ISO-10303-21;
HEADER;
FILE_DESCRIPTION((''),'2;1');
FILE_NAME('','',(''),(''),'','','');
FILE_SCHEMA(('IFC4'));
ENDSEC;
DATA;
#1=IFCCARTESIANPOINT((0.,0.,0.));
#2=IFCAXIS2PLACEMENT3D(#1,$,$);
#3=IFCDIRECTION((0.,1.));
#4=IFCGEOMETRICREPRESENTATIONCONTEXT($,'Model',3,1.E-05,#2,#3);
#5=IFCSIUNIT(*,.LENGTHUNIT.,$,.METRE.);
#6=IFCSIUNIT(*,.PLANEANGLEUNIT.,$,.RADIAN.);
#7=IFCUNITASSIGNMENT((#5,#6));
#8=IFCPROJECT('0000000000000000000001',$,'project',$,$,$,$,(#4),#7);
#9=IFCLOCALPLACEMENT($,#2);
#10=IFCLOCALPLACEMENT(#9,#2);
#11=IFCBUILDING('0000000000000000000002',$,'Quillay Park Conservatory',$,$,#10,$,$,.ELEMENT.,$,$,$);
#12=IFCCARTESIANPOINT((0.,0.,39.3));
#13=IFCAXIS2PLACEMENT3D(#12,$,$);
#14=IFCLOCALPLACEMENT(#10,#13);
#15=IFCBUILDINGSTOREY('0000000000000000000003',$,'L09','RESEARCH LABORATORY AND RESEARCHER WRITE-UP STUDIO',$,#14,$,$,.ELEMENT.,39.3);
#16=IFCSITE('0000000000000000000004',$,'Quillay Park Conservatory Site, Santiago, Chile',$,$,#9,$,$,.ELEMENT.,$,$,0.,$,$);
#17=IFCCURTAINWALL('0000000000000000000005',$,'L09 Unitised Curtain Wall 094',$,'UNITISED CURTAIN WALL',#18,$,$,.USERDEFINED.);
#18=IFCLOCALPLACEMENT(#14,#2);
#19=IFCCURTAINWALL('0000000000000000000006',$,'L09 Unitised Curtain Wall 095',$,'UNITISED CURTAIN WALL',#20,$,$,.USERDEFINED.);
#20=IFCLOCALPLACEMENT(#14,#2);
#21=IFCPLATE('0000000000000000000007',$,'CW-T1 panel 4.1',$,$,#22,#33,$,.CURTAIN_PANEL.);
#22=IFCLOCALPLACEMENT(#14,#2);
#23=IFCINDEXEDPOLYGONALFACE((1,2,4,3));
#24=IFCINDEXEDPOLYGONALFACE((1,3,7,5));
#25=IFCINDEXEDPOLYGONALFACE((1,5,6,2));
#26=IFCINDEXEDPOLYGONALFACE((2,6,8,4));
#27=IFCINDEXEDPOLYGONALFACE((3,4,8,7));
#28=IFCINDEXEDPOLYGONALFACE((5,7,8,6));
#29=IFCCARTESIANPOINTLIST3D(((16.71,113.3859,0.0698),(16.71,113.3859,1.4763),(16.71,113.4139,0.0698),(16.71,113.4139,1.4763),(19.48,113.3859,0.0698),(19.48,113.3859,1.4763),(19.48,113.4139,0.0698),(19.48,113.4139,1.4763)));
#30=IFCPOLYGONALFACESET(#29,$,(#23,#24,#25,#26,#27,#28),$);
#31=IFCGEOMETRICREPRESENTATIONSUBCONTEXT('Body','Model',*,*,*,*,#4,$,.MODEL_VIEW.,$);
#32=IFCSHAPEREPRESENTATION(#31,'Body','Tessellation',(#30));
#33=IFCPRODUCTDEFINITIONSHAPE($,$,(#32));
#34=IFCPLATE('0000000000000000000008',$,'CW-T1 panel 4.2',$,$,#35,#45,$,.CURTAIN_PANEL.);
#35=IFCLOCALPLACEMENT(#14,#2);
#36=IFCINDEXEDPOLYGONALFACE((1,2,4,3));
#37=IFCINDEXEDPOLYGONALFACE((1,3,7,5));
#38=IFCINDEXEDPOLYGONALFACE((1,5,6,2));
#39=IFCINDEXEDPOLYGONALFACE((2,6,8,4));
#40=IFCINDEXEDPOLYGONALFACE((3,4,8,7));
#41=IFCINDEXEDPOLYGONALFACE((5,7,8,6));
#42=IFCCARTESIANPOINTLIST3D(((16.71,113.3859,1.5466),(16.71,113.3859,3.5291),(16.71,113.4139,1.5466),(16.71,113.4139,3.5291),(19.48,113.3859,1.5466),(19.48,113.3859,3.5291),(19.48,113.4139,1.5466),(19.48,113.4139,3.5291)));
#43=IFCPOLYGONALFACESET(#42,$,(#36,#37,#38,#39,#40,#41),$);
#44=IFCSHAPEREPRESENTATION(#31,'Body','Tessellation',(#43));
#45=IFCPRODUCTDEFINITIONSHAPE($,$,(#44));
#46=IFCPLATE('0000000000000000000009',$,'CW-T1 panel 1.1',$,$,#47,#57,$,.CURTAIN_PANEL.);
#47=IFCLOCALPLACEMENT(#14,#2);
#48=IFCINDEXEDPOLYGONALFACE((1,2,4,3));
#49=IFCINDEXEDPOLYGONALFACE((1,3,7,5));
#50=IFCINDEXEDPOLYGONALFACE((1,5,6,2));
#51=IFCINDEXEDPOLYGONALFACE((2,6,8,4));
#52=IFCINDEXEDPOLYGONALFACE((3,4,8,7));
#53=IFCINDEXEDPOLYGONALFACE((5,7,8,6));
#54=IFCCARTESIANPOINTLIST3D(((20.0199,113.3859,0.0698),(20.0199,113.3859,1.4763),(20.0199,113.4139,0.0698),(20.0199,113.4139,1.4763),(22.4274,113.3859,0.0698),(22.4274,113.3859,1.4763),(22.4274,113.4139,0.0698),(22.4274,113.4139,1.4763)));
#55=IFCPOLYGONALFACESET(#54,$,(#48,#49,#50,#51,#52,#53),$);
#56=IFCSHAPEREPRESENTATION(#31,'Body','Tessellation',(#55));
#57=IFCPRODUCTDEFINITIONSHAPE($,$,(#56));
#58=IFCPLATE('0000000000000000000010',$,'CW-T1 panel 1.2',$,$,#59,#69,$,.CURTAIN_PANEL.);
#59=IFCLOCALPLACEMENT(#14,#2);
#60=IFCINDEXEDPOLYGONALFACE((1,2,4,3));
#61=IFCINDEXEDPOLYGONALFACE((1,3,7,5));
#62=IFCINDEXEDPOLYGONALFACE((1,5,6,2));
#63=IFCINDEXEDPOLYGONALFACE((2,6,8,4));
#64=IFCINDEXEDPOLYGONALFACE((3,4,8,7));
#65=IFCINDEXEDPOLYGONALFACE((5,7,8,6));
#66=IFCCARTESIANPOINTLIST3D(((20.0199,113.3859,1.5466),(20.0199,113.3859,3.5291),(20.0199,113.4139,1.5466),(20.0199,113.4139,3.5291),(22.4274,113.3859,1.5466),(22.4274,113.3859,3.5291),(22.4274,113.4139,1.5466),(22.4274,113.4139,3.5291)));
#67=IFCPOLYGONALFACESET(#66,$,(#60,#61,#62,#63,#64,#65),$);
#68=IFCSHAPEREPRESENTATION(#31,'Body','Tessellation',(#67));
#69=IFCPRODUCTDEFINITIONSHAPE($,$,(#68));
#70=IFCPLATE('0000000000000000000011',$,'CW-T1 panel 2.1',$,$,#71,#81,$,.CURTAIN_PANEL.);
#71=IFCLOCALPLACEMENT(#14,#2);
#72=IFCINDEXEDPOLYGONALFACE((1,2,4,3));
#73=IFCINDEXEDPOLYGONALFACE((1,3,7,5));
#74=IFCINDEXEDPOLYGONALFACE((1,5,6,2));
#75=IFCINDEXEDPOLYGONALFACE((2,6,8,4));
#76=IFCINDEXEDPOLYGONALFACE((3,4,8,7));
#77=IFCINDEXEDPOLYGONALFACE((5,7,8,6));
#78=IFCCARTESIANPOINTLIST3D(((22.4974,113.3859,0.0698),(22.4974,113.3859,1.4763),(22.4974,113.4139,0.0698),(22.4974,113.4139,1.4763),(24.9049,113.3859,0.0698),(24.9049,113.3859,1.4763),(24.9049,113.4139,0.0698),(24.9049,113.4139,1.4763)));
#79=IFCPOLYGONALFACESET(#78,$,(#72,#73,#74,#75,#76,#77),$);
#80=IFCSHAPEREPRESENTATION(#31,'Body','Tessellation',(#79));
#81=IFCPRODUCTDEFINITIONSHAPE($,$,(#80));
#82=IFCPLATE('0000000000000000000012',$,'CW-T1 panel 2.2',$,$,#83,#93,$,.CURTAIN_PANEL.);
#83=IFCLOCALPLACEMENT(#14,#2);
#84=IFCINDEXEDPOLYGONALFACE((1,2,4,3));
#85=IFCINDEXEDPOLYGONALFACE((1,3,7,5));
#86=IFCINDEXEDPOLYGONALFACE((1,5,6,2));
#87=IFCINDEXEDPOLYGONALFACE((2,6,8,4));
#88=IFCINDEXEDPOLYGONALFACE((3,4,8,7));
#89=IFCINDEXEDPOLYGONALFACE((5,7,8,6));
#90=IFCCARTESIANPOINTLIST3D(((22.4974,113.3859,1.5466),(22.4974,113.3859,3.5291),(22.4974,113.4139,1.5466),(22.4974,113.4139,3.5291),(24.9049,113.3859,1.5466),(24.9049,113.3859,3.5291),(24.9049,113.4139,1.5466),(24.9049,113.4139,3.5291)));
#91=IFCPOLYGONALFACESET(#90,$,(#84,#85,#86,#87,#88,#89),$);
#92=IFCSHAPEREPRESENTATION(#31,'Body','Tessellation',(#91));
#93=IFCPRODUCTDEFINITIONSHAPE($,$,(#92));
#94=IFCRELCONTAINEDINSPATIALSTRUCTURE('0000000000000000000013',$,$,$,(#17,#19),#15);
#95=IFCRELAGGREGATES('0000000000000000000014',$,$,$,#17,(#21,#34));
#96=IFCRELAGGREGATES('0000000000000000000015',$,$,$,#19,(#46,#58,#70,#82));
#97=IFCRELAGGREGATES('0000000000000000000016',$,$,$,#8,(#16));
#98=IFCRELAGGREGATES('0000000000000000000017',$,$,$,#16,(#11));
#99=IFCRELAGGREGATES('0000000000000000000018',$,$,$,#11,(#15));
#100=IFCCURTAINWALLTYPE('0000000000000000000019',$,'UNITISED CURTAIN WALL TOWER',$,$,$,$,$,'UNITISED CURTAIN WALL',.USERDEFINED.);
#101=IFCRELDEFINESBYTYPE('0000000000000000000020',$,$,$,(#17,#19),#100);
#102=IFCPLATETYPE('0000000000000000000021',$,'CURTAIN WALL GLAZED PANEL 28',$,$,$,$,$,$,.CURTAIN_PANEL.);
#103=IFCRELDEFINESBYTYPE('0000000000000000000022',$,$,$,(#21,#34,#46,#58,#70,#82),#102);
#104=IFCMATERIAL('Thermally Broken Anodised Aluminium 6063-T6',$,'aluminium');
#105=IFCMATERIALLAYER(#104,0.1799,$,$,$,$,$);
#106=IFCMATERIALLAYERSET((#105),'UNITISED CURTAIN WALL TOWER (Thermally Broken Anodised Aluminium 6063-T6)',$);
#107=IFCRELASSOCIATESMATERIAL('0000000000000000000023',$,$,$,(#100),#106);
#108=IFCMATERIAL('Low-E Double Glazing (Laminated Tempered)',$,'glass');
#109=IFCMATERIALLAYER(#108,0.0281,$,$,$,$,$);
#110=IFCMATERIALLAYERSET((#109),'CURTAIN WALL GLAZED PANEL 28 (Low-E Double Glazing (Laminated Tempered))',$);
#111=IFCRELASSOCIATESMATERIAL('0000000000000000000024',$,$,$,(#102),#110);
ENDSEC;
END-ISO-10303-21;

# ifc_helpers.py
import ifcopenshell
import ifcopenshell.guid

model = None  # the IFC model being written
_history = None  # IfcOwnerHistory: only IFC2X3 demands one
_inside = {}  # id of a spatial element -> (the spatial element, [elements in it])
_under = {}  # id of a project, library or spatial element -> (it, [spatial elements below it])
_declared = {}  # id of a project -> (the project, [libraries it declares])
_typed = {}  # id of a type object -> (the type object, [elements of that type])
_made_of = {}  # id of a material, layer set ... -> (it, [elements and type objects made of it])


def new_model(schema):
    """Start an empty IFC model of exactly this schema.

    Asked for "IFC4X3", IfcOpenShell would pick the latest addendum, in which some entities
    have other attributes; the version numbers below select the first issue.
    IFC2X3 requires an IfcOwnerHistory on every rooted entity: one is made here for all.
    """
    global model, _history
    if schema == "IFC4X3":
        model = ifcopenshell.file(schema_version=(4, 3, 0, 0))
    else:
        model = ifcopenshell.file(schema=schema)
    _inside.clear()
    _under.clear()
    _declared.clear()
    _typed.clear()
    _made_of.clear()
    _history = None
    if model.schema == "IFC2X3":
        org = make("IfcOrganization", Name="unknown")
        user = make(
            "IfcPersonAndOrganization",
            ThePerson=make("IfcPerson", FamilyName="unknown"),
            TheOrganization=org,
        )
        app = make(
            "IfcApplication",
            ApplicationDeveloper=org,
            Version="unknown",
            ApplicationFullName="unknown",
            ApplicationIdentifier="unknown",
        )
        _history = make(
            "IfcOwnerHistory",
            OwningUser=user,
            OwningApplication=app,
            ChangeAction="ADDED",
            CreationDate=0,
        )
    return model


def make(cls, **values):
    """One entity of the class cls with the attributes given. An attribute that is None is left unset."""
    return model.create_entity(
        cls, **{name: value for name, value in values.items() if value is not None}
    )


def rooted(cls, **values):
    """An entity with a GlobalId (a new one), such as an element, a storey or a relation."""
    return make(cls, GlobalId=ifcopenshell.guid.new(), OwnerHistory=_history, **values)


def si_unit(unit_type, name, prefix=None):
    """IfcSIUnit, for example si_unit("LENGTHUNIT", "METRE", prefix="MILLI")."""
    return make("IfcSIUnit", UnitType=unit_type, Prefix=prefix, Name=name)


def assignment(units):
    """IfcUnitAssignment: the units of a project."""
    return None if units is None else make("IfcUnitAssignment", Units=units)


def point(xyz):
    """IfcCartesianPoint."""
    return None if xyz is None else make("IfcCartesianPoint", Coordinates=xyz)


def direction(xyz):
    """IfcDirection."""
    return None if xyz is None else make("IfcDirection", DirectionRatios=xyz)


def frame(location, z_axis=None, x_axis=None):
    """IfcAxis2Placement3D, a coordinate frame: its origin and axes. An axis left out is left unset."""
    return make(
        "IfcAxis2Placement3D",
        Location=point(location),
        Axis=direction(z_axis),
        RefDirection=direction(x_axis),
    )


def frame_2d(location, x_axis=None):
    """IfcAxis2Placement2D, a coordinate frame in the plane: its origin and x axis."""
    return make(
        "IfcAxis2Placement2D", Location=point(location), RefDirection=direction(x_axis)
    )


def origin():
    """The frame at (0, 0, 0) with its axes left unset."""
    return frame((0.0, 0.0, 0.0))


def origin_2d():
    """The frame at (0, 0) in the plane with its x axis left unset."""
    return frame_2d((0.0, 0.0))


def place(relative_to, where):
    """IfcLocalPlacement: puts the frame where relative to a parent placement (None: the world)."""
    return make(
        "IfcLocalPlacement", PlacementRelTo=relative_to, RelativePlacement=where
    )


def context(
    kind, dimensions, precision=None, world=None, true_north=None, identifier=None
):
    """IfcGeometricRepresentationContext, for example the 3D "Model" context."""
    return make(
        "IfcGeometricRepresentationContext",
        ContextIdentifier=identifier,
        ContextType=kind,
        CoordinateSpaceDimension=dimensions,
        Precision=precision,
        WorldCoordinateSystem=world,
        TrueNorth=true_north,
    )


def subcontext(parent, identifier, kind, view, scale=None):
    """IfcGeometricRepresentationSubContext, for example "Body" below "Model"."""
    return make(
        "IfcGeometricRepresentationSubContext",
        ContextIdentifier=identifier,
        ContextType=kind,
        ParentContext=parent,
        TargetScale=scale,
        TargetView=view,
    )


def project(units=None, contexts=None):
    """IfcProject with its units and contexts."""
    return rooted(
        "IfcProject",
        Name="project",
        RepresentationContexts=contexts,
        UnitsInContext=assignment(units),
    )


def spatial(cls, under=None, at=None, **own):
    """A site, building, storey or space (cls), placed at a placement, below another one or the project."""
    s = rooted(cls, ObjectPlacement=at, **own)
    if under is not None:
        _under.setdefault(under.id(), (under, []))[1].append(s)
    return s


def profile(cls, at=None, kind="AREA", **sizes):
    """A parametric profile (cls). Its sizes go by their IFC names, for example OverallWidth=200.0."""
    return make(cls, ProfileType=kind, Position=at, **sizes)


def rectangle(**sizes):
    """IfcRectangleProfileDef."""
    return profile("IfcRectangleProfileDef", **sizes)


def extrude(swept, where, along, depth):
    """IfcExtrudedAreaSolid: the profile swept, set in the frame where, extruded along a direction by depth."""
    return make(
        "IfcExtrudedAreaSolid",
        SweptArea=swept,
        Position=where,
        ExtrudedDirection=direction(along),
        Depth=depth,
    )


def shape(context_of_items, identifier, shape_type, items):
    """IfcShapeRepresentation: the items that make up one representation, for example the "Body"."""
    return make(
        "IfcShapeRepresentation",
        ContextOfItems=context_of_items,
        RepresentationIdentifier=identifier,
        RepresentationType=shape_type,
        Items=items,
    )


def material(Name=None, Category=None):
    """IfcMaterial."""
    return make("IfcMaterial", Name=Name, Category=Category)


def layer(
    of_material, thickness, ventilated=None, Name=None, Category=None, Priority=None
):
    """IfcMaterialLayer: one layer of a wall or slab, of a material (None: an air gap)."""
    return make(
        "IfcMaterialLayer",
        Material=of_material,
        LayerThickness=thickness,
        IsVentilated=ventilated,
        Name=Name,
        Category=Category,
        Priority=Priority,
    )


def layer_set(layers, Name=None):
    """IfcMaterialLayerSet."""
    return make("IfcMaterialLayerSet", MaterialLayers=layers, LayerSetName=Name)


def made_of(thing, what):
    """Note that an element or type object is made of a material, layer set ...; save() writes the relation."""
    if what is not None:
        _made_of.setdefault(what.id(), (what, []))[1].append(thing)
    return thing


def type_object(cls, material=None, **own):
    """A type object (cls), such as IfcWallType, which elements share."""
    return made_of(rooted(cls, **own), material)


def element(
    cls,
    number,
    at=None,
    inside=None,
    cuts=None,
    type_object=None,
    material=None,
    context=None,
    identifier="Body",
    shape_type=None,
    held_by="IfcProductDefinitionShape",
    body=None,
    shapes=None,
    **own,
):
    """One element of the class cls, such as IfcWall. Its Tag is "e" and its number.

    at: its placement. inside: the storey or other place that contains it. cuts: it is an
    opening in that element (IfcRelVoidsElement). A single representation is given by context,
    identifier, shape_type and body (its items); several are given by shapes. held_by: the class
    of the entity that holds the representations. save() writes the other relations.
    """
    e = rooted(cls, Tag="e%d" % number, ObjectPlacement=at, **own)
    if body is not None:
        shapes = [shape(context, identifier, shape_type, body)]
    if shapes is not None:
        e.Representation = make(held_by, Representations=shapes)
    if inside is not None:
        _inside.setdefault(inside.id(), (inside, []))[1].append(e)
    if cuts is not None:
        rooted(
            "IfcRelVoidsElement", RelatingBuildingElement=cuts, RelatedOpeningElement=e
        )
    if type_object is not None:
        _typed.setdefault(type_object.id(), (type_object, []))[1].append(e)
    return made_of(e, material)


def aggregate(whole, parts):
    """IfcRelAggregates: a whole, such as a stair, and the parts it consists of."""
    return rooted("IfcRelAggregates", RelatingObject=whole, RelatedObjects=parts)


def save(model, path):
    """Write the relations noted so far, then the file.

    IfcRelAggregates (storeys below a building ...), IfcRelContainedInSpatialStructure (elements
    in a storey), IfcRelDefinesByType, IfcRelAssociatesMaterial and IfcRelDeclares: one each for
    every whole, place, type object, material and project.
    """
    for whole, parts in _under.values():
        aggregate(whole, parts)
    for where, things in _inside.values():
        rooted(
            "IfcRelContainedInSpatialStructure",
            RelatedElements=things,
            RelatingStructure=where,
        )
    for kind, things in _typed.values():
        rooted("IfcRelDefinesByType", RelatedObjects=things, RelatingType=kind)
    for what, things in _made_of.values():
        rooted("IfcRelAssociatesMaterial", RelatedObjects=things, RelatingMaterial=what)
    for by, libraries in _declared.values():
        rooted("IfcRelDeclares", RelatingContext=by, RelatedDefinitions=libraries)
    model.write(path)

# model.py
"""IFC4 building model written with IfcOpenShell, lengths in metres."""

from ifc_helpers import new_model, si_unit, direction, frame, origin, origin_2d, place, context, subcontext, project, spatial, rectangle, extrude, material, layer, layer_set, type_object, element, aggregate, save


model = new_model("IFC4")

# Units and contexts
model_context = context("Model", 3, precision=1e-05, world=origin(), true_north=direction((0.0, 1.0)))
body_context = subcontext(model_context, "Body", "Model", "MODEL_VIEW")
ifc_project = project(units=[si_unit("LENGTHUNIT", "METRE"), si_unit("PLANEANGLEUNIT", "RADIAN")], contexts=[model_context])

# Site, building, storey
site_placement = place(None, origin())
site = spatial("IfcSite", under=ifc_project, at=site_placement, Name="Quillay Park Conservatory Site, Santiago, Chile", CompositionType="ELEMENT", RefElevation=0.0)
building_placement = place(site_placement, origin())
building = spatial("IfcBuilding", under=site, at=building_placement, Name="Quillay Park Conservatory", CompositionType="ELEMENT")
storey_placement = place(building_placement, frame((0.0, 0.0, 39.3)))
storey = spatial("IfcBuildingStorey", under=building, at=storey_placement, Name="L09", Description="RESEARCH LABORATORY AND RESEARCHER WRITE-UP STUDIO", CompositionType="ELEMENT", Elevation=39.3)

# Curtain wall
ifc_material_1 = material(Name="Thermally Broken Anodised Aluminium 6063-T6", Category="aluminium")
ifc_layer_1 = layer(ifc_material_1, 0.1799)
ifc_layer_set_1 = layer_set([ifc_layer_1], Name="UNITISED CURTAIN WALL TOWER (Thermally Broken Anodised Aluminium 6063-T6)")
curtain_wall_type = type_object("IfcCurtainWallType", Name="UNITISED CURTAIN WALL TOWER", ElementType="UNITISED CURTAIN WALL", PredefinedType="USERDEFINED", material=ifc_layer_set_1)
curtain_wall_1_placement = place(storey_placement, origin())
curtain_wall_1 = element("IfcCurtainWall", 1, at=curtain_wall_1_placement, inside=storey, type_object=curtain_wall_type, Name="L09 Unitised Curtain Wall 094", ObjectType="UNITISED CURTAIN WALL", PredefinedType="USERDEFINED")

# Curtain wall
curtain_wall_2_placement = place(storey_placement, origin())
curtain_wall_2 = element("IfcCurtainWall", 2, at=curtain_wall_2_placement, inside=storey, type_object=curtain_wall_type, Name="L09 Unitised Curtain Wall 095", ObjectType="UNITISED CURTAIN WALL", PredefinedType="USERDEFINED")

# Plates
ifc_material_2 = material(Name="Low-E Double Glazing (Laminated Tempered)", Category="glass")
ifc_layer_2 = layer(ifc_material_2, 0.0281)
ifc_layer_set_2 = layer_set([ifc_layer_2], Name="CURTAIN WALL GLAZED PANEL 28 (Low-E Double Glazing (Laminated Tempered))")
plate_type = type_object("IfcPlateType", Name="CURTAIN WALL GLAZED PANEL 28", PredefinedType="CURTAIN_PANEL", material=ifc_layer_set_2)
plate_1_placement = place(storey_placement, frame((18.095, 113.3999, 0.0698), z_axis=(0.0, 0.0, 1.0), x_axis=(1.0, 0.0, 0.0)))
plate_1 = element("IfcPlate", 3, at=plate_1_placement, type_object=plate_type, Name="CW-T1 panel 4.1", PredefinedType="CURTAIN_PANEL", context=body_context, shape_type="SweptSolid", body=[
    extrude(rectangle(XDim=2.77, YDim=0.0281, at=origin_2d()), origin(), (0.0, 0.0, 1.0), 1.4065),
])
plate_2_placement = place(storey_placement, frame((18.095, 113.3999, 1.5466), z_axis=(0.0, 0.0, 1.0), x_axis=(1.0, 0.0, 0.0)))
plate_2 = element("IfcPlate", 4, at=plate_2_placement, type_object=plate_type, Name="CW-T1 panel 4.2", PredefinedType="CURTAIN_PANEL", context=body_context, shape_type="SweptSolid", body=[
    extrude(rectangle(XDim=2.77, YDim=0.0281, at=origin_2d()), origin(), (0.0, 0.0, 1.0), 1.9824),
])
aggregate(curtain_wall_1, [plate_1, plate_2])
plate_3_placement = place(storey_placement, frame((21.2236, 113.3999, 0.0698), z_axis=(0.0, 0.0, 1.0), x_axis=(1.0, 0.0, 0.0)))
plate_3 = element("IfcPlate", 5, at=plate_3_placement, type_object=plate_type, Name="CW-T1 panel 1.1", PredefinedType="CURTAIN_PANEL", context=body_context, shape_type="SweptSolid", body=[
    extrude(rectangle(XDim=2.4075, YDim=0.0281, at=origin_2d()), origin(), (0.0, 0.0, 1.0), 1.4065),
])
plate_4_placement = place(storey_placement, frame((21.2236, 113.3999, 1.5466), z_axis=(0.0, 0.0, 1.0), x_axis=(1.0, 0.0, 0.0)))
plate_4 = element("IfcPlate", 6, at=plate_4_placement, type_object=plate_type, Name="CW-T1 panel 1.2", PredefinedType="CURTAIN_PANEL", context=body_context, shape_type="SweptSolid", body=[
    extrude(rectangle(XDim=2.4075, YDim=0.0281, at=origin_2d()), origin(), (0.0, 0.0, 1.0), 1.9824),
])
plate_5_placement = place(storey_placement, frame((23.7012, 113.3999, 0.0698), z_axis=(0.0, 0.0, 1.0), x_axis=(1.0, 0.0, 0.0)))
plate_5 = element("IfcPlate", 7, at=plate_5_placement, type_object=plate_type, Name="CW-T1 panel 2.1", PredefinedType="CURTAIN_PANEL", context=body_context, shape_type="SweptSolid", body=[
    extrude(rectangle(XDim=2.4075, YDim=0.0281, at=origin_2d()), origin(), (0.0, 0.0, 1.0), 1.4065),
])
plate_6_placement = place(storey_placement, frame((23.7012, 113.3999, 1.5466), z_axis=(0.0, 0.0, 1.0), x_axis=(1.0, 0.0, 0.0)))
plate_6 = element("IfcPlate", 8, at=plate_6_placement, type_object=plate_type, Name="CW-T1 panel 2.2", PredefinedType="CURTAIN_PANEL", context=body_context, shape_type="SweptSolid", body=[
    extrude(rectangle(XDim=2.4075, YDim=0.0281, at=origin_2d()), origin(), (0.0, 0.0, 1.0), 1.9824),
])
aggregate(curtain_wall_2, [plate_3, plate_4, plate_5, plate_6])

save(model, "model.ifc")
